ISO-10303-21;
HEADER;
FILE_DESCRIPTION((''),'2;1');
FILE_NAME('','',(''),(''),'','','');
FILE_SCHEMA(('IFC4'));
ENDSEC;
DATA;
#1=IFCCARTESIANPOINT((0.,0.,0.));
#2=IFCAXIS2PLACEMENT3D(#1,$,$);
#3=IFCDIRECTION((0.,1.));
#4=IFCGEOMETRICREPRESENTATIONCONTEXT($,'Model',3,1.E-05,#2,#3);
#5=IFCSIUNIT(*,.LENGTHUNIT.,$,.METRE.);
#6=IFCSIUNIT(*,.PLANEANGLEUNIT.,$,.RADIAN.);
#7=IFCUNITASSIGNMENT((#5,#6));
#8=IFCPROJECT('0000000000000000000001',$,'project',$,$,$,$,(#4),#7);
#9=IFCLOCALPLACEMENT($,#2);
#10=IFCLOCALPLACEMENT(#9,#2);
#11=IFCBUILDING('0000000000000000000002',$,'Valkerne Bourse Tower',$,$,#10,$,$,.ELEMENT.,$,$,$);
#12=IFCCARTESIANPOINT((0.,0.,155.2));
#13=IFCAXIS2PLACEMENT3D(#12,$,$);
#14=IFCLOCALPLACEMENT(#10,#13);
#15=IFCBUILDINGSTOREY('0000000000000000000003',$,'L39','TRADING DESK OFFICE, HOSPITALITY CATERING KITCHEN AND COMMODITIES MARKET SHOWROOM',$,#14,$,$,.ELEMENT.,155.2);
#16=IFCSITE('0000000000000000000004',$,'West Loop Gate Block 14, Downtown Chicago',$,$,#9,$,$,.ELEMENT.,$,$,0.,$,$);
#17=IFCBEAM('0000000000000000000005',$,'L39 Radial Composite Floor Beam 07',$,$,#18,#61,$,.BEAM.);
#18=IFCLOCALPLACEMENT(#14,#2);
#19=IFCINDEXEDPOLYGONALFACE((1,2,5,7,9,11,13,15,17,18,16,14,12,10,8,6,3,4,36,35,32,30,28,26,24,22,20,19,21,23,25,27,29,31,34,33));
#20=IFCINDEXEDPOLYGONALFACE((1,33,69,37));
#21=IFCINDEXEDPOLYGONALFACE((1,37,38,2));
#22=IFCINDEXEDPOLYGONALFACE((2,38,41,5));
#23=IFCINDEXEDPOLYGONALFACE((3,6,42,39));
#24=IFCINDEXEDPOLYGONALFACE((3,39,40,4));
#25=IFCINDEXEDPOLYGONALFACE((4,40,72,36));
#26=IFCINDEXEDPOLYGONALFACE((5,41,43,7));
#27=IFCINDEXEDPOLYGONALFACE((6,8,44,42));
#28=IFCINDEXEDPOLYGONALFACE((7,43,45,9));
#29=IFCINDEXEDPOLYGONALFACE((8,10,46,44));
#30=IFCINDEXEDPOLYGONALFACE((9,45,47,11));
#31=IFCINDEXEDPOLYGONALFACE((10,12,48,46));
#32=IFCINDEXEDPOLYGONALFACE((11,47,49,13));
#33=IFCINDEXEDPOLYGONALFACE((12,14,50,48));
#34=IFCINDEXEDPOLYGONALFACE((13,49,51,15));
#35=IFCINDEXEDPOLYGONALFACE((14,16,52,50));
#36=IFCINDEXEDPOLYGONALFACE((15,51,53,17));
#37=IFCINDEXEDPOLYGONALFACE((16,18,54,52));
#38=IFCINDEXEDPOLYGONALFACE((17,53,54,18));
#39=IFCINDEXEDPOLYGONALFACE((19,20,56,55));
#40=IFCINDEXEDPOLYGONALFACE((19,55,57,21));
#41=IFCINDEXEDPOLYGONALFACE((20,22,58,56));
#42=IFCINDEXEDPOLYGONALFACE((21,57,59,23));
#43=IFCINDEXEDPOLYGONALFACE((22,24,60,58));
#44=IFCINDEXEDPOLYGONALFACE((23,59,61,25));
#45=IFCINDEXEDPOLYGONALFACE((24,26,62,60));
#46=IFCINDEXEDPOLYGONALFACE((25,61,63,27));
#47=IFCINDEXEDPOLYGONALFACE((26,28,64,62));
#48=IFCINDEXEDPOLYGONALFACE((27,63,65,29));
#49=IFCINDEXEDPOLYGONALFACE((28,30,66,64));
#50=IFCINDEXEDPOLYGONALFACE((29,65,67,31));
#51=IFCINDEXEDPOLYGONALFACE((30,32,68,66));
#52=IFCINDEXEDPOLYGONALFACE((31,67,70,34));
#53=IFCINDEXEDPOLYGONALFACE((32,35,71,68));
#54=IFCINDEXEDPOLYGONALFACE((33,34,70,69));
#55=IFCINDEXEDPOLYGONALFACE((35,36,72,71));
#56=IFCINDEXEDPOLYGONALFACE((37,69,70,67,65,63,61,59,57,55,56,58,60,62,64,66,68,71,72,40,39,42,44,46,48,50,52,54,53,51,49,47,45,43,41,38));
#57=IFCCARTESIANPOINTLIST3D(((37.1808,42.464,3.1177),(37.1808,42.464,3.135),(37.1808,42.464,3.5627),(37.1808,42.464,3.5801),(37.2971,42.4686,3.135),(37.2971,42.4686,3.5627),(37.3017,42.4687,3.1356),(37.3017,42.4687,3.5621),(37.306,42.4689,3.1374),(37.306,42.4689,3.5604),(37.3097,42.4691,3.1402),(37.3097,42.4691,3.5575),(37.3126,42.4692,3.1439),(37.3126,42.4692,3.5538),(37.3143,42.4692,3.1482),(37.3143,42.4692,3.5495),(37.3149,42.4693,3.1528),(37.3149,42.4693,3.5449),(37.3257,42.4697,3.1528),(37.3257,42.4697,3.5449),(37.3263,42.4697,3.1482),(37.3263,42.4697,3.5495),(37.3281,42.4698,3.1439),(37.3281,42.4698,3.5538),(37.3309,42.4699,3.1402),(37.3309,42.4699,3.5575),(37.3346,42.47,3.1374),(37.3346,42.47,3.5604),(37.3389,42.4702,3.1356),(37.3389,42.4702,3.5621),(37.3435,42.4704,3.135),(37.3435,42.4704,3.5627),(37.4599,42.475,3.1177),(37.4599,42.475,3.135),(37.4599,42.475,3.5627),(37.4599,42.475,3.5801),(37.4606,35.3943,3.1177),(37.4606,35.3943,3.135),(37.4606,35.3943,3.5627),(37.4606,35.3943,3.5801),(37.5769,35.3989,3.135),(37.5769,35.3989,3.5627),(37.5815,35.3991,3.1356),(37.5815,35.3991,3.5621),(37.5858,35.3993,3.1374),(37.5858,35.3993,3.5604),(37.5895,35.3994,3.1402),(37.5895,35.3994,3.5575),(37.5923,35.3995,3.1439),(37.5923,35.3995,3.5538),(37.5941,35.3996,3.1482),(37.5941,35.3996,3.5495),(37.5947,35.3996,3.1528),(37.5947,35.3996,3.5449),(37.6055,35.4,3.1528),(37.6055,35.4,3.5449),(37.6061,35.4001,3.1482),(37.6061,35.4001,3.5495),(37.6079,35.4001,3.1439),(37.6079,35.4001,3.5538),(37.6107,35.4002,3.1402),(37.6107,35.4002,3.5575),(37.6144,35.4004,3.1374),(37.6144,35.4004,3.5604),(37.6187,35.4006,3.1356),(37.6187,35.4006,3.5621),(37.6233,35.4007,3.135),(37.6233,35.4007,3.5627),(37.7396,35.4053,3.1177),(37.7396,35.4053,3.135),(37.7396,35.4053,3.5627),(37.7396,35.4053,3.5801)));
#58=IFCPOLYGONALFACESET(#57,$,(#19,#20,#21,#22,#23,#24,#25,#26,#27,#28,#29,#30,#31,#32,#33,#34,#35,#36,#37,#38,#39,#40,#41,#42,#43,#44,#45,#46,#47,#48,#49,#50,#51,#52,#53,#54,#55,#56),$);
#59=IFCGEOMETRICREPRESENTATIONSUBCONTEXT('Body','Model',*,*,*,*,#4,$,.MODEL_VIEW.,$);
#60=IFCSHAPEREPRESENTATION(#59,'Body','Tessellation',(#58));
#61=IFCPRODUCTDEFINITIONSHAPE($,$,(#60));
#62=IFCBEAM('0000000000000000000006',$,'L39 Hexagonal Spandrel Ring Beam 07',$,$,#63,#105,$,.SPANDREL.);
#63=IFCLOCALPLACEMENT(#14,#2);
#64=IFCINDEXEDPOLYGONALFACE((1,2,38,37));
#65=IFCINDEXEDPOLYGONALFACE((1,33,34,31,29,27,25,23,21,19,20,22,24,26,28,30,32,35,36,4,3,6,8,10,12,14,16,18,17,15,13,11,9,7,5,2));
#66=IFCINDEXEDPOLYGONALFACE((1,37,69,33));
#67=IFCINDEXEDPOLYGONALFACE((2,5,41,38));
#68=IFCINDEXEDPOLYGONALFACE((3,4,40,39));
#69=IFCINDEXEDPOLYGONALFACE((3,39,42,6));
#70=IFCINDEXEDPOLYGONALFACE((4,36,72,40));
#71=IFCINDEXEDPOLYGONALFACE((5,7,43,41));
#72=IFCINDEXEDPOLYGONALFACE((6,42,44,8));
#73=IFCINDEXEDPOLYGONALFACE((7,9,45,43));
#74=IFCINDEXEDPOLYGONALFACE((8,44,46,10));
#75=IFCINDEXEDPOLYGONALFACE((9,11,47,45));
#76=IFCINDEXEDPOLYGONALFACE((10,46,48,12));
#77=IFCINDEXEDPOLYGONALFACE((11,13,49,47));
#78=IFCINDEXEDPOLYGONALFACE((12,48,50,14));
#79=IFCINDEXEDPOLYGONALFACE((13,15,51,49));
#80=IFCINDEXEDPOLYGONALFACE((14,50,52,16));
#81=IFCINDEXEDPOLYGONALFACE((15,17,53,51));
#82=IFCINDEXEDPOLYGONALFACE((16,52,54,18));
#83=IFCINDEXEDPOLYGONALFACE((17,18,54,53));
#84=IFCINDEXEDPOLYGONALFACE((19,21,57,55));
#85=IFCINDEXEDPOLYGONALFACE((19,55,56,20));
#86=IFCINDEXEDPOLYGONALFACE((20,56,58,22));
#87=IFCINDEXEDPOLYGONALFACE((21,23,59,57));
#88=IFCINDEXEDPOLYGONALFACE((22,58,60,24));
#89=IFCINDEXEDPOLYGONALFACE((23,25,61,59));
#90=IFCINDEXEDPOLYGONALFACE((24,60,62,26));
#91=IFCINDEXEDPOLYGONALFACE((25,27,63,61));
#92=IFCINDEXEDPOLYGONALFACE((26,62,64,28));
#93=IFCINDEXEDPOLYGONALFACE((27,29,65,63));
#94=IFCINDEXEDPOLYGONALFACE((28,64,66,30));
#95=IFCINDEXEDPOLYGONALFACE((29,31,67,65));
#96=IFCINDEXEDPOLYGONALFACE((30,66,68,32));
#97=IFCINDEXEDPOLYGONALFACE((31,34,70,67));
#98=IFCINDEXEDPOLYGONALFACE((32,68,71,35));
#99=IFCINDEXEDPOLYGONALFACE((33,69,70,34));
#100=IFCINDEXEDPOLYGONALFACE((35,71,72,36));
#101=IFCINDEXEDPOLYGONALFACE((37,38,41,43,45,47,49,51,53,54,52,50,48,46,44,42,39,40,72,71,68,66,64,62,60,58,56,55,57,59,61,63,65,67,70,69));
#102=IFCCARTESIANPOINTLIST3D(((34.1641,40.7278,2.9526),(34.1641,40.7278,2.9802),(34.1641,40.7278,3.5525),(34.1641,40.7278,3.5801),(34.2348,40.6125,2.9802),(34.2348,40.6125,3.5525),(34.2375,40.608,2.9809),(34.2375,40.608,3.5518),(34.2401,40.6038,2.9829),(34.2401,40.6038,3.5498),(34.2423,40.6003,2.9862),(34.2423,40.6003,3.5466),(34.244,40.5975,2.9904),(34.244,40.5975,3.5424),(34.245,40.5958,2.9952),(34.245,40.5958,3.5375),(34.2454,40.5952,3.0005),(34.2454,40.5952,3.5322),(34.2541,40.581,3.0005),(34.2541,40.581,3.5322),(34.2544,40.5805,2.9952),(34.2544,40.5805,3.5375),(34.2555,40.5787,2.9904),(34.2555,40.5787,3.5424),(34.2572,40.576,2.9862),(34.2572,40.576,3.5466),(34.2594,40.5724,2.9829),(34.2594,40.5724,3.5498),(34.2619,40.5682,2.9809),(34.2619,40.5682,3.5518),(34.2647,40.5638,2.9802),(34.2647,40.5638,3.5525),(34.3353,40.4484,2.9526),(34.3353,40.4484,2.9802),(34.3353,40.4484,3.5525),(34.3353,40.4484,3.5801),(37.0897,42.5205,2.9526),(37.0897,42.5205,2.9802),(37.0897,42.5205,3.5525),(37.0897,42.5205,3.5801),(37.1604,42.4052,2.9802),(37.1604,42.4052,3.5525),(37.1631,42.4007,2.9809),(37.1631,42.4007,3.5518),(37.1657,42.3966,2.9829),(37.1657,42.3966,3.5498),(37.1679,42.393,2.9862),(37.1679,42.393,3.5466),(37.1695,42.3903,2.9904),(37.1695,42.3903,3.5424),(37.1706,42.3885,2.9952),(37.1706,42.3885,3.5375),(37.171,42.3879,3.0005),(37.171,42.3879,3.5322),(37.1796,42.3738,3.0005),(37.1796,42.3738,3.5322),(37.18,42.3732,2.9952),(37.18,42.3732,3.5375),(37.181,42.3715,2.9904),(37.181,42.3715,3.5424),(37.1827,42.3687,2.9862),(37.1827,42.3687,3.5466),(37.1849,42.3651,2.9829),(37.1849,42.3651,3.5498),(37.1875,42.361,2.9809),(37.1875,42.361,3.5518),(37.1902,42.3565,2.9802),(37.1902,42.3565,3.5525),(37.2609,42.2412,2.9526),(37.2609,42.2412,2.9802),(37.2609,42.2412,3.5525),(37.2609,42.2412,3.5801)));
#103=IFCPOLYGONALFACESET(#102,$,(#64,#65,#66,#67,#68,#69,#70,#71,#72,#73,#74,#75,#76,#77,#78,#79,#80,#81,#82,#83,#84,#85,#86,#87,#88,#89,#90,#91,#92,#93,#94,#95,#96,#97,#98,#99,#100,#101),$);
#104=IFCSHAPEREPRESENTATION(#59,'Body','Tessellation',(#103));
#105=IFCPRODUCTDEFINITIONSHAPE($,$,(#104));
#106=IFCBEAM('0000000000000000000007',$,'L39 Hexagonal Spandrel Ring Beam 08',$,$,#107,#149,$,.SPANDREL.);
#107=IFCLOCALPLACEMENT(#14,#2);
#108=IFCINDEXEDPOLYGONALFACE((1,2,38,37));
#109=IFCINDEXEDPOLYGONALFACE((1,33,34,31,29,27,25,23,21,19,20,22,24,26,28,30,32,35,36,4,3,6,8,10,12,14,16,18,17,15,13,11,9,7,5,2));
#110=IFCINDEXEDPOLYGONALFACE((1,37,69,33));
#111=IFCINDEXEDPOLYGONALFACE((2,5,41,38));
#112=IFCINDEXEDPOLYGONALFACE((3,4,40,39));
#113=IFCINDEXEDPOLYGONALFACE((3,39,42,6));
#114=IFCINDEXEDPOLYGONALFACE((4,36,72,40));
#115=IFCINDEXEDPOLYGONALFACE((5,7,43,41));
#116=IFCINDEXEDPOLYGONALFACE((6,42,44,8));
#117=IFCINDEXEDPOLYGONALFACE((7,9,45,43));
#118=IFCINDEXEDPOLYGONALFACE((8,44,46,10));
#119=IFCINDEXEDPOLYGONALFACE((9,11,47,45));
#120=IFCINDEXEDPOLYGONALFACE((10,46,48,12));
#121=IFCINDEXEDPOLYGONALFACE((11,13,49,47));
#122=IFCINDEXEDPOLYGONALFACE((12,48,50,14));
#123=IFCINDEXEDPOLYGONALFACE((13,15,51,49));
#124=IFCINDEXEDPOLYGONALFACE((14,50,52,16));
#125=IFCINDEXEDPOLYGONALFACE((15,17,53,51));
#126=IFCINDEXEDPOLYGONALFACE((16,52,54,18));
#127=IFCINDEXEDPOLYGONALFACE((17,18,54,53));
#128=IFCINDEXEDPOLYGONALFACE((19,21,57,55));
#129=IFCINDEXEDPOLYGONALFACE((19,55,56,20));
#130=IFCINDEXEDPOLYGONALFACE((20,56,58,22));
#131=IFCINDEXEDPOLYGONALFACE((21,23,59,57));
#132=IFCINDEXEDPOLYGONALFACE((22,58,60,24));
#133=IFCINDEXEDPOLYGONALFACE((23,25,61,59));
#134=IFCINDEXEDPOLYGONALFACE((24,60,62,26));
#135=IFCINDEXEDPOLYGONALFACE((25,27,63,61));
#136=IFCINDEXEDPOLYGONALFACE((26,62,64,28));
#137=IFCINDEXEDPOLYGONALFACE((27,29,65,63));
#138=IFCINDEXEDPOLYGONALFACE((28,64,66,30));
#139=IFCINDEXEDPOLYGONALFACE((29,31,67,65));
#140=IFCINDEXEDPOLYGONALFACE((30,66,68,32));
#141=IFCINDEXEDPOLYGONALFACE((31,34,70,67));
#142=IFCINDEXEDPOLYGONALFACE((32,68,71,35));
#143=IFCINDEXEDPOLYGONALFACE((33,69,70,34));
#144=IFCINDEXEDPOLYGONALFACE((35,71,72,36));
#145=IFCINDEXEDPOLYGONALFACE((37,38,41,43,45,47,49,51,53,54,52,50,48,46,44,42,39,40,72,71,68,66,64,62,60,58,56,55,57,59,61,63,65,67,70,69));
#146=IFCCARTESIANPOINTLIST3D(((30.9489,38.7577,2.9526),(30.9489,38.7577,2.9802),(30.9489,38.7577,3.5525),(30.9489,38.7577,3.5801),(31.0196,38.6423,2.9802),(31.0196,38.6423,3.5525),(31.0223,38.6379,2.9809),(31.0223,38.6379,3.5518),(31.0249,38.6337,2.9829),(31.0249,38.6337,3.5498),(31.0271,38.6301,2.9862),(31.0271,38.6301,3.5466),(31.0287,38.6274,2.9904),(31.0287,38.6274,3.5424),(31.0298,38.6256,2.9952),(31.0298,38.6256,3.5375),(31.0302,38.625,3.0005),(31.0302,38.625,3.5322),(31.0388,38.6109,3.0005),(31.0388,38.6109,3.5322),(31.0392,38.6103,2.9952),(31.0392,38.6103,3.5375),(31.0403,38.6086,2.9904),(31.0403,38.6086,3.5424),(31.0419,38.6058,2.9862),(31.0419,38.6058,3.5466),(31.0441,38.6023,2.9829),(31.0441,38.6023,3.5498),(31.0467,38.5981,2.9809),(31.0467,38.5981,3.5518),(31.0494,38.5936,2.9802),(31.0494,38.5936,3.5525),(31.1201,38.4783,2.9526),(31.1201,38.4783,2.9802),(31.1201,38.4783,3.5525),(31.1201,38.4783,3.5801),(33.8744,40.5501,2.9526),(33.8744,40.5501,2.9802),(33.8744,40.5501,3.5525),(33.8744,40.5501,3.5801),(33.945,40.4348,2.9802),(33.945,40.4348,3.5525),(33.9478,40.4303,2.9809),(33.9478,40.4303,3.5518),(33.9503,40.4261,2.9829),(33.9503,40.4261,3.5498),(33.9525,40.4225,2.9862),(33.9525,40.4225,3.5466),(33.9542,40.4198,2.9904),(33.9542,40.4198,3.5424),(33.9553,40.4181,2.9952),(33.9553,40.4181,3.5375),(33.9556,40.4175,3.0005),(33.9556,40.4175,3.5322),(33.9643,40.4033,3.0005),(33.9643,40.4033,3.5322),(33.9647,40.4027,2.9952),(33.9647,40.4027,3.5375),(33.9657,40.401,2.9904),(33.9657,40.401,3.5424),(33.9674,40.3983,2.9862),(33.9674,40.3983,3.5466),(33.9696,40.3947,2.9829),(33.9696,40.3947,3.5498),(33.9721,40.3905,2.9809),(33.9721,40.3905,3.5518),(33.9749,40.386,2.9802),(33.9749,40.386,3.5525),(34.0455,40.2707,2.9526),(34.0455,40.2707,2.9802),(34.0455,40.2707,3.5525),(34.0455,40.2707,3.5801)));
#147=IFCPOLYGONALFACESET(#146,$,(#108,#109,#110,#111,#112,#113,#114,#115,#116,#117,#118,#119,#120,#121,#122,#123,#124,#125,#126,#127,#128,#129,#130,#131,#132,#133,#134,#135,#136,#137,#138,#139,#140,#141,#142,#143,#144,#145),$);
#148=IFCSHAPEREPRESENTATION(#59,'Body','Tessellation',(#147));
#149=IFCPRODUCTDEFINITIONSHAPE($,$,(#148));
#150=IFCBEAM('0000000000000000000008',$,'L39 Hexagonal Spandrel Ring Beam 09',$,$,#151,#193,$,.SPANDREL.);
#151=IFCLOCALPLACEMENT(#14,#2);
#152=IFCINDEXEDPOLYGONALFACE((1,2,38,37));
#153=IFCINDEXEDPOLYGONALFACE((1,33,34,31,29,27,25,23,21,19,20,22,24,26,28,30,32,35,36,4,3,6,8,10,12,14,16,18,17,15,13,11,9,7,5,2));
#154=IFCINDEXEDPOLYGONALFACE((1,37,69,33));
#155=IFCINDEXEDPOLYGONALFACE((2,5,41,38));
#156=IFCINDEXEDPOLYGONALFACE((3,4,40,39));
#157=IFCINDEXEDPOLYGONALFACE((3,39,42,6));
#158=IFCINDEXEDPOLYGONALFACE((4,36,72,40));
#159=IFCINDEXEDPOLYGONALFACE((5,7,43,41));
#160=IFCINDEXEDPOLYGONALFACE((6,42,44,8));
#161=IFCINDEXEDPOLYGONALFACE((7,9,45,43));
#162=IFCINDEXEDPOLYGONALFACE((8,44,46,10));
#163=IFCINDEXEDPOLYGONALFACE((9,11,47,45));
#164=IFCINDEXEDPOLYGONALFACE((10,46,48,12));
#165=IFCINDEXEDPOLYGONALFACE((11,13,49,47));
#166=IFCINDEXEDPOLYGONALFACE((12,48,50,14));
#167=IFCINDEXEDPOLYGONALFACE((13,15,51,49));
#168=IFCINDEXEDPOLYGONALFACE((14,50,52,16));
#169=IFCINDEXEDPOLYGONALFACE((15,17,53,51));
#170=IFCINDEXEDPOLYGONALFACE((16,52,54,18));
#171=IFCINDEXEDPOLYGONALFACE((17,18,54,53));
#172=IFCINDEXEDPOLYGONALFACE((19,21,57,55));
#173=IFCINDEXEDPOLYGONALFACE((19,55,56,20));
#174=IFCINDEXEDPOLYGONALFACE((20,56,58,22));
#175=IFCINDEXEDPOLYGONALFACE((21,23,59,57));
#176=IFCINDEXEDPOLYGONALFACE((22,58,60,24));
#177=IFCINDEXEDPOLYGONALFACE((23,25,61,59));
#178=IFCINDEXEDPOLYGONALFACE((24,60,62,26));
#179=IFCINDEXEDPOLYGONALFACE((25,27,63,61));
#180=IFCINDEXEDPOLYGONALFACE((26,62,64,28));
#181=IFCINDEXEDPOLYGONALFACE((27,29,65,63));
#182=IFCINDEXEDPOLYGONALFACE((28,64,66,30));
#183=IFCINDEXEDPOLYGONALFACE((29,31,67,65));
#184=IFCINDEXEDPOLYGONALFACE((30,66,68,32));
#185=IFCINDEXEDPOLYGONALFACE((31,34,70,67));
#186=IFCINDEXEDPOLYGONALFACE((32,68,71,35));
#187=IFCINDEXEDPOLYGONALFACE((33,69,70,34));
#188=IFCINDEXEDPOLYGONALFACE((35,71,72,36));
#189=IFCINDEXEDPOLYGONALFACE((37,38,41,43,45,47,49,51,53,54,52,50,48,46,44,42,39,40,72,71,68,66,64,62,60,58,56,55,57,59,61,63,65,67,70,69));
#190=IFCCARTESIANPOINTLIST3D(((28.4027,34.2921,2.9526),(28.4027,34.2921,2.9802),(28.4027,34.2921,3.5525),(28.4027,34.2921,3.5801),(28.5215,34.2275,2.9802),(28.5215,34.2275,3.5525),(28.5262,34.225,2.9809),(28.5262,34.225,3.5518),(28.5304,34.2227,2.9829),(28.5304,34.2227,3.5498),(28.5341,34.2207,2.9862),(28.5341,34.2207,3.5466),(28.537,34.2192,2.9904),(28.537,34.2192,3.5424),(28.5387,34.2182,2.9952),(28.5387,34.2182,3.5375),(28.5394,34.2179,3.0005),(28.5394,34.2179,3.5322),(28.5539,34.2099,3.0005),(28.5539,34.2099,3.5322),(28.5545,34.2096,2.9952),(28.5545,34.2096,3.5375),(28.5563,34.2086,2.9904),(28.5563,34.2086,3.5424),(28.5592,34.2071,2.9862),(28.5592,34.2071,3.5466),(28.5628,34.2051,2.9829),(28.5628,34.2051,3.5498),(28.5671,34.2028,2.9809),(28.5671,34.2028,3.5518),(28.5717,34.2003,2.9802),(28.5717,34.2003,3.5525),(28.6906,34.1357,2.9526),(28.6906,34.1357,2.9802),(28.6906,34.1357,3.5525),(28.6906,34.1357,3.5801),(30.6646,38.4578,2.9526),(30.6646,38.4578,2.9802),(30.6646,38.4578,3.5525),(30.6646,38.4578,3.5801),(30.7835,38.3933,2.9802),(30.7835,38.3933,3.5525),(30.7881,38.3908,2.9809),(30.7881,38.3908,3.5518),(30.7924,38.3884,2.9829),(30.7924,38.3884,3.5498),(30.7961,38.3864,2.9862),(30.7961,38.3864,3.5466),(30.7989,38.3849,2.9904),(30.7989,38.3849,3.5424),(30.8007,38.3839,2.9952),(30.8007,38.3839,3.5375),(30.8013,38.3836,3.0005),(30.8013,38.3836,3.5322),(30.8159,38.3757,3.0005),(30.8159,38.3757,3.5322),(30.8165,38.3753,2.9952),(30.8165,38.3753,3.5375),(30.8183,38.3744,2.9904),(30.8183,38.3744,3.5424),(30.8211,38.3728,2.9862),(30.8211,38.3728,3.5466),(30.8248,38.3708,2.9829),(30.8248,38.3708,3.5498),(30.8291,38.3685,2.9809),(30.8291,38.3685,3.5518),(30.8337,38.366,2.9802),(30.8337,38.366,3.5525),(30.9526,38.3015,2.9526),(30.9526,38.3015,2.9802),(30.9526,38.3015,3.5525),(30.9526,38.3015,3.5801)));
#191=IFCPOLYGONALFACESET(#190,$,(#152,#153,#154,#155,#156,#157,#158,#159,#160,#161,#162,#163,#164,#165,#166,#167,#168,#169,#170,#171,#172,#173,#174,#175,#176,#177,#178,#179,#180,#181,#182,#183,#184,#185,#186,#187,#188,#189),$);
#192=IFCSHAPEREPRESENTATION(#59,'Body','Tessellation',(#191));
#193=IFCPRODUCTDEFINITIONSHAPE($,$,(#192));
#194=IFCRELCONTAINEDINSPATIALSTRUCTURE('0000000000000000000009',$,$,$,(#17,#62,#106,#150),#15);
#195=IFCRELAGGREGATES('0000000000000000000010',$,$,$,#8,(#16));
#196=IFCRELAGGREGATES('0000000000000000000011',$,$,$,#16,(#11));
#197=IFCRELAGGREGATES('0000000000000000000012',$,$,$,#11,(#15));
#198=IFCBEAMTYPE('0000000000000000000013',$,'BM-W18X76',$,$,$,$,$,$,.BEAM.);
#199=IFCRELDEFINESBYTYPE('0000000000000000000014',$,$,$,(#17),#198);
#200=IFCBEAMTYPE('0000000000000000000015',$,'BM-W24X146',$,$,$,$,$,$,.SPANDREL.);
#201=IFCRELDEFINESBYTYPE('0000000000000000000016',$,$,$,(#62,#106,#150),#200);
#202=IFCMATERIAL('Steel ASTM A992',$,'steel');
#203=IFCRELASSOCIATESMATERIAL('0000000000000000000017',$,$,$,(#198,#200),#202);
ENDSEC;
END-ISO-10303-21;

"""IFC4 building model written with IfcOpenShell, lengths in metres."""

from ifc_helpers import new_model, si_unit, direction, frame, origin, origin_2d, place, context, subcontext, project, spatial, i_section, extrude, material, material_profile, profile_set, type_object, element, save


model = new_model("IFC4")

# Units and contexts
model_context = context("Model", 3, precision=1e-05, world=origin(), true_north=direction((0.0, 1.0)))
body_context = subcontext(model_context, "Body", "Model", "MODEL_VIEW")
ifc_project = project(units=[si_unit("LENGTHUNIT", "METRE"), si_unit("PLANEANGLEUNIT", "RADIAN")], contexts=[model_context])

# Site, building, storey
site_placement = place(None, origin())
site = spatial("IfcSite", under=ifc_project, at=site_placement, Name="West Loop Gate Block 14, Downtown Chicago", CompositionType="ELEMENT", RefElevation=0.0)
building_placement = place(site_placement, origin())
building = spatial("IfcBuilding", under=site, at=building_placement, Name="Valkerne Bourse Tower", CompositionType="ELEMENT")
storey_placement = place(building_placement, frame((0.0, 0.0, 155.2)))
storey = spatial("IfcBuildingStorey", under=building, at=storey_placement, Name="L39", Description="TRADING DESK OFFICE, HOSPITALITY CATERING KITCHEN AND COMMODITIES MARKET SHOWROOM", CompositionType="ELEMENT", Elevation=155.2)

# Beams
ifc_material_1 = material(Name="Steel ASTM A992", Category="steel")
ifc_material_profile_1 = material_profile(ifc_material_1, i_section(OverallWidth=0.2793, OverallDepth=0.4624, WebThickness=0.0107, FlangeThickness=0.0173, FilletRadius=0.0178, at=origin_2d()), Name="W18X76")
ifc_profile_set_1 = profile_set([ifc_material_profile_1], Name="Steel ASTM A992")
beam_type_1 = type_object("IfcBeamType", Name="BM-W18X76", PredefinedType="BEAM", material=ifc_profile_set_1)
beam_1_placement = place(storey_placement, frame((37.3203, 42.4695, 3.3489), z_axis=(0.039545, -0.999218, 0.0), x_axis=(0.999218, 0.039545, 0.0)))
element("IfcBeam", 1, at=beam_1_placement, inside=storey, type_object=beam_type_1, Name="L39 Radial Composite Floor Beam 07", PredefinedType="BEAM", context=body_context, shape_type="SweptSolid", body=[
    extrude(i_section(OverallWidth=0.2793, OverallDepth=0.4624, WebThickness=0.0107, FlangeThickness=0.0173, FilletRadius=0.0178, at=origin_2d()), origin(), (0.0, 0.0, 1.0), 7.0752),
])
ifc_material_profile_2 = material_profile(ifc_material_1, i_section(OverallWidth=0.3276, OverallDepth=0.6274, WebThickness=0.0166, FlangeThickness=0.0276, FilletRadius=0.0203, at=origin_2d()), Name="W24X146")
ifc_profile_set_2 = profile_set([ifc_material_profile_2], Name="Steel ASTM A992")
beam_type_2 = type_object("IfcBeamType", Name="BM-W24X146", PredefinedType="SPANDREL", material=ifc_profile_set_2)
beam_2_placement = place(storey_placement, frame((37.1753, 42.3809, 3.2664), z_axis=(-0.852646, -0.522489, 0.0), x_axis=(0.522489, -0.852646, 0.0)))
element("IfcBeam", 2, at=beam_2_placement, inside=storey, type_object=beam_type_2, Name="L39 Hexagonal Spandrel Ring Beam 07", PredefinedType="SPANDREL", context=body_context, shape_type="SweptSolid", body=[
    extrude(i_section(OverallWidth=0.3276, OverallDepth=0.6274, WebThickness=0.0166, FlangeThickness=0.0276, FilletRadius=0.0203, at=origin_2d()), origin(), (0.0, 0.0, 1.0), 3.4312),
])
beam_3_placement = place(storey_placement, frame((33.96, 40.4104, 3.2664), z_axis=(-0.852678, -0.522437, 0.0), x_axis=(0.522437, -0.852678, 0.0)))
element("IfcBeam", 3, at=beam_3_placement, inside=storey, type_object=beam_type_2, Name="L39 Hexagonal Spandrel Ring Beam 08", PredefinedType="SPANDREL", context=body_context, shape_type="SweptSolid", body=[
    extrude(i_section(OverallWidth=0.3276, OverallDepth=0.6274, WebThickness=0.0166, FlangeThickness=0.0276, FilletRadius=0.0203, at=origin_2d()), origin(), (0.0, 0.0, 1.0), 3.4309),
])
beam_4_placement = place(storey_placement, frame((30.8086, 38.3796, 3.2664), z_axis=(-0.477181, -0.878805, 0.0), x_axis=(0.878805, -0.477181, 0.0)))
element("IfcBeam", 4, at=beam_4_placement, inside=storey, type_object=beam_type_2, Name="L39 Hexagonal Spandrel Ring Beam 09", PredefinedType="SPANDREL", context=body_context, shape_type="SweptSolid", body=[
    extrude(i_section(OverallWidth=0.3276, OverallDepth=0.6274, WebThickness=0.0166, FlangeThickness=0.0276, FilletRadius=0.0203, at=origin_2d()), origin(), (0.0, 0.0, 1.0), 4.7402),
])

save(model, "model.ifc")
